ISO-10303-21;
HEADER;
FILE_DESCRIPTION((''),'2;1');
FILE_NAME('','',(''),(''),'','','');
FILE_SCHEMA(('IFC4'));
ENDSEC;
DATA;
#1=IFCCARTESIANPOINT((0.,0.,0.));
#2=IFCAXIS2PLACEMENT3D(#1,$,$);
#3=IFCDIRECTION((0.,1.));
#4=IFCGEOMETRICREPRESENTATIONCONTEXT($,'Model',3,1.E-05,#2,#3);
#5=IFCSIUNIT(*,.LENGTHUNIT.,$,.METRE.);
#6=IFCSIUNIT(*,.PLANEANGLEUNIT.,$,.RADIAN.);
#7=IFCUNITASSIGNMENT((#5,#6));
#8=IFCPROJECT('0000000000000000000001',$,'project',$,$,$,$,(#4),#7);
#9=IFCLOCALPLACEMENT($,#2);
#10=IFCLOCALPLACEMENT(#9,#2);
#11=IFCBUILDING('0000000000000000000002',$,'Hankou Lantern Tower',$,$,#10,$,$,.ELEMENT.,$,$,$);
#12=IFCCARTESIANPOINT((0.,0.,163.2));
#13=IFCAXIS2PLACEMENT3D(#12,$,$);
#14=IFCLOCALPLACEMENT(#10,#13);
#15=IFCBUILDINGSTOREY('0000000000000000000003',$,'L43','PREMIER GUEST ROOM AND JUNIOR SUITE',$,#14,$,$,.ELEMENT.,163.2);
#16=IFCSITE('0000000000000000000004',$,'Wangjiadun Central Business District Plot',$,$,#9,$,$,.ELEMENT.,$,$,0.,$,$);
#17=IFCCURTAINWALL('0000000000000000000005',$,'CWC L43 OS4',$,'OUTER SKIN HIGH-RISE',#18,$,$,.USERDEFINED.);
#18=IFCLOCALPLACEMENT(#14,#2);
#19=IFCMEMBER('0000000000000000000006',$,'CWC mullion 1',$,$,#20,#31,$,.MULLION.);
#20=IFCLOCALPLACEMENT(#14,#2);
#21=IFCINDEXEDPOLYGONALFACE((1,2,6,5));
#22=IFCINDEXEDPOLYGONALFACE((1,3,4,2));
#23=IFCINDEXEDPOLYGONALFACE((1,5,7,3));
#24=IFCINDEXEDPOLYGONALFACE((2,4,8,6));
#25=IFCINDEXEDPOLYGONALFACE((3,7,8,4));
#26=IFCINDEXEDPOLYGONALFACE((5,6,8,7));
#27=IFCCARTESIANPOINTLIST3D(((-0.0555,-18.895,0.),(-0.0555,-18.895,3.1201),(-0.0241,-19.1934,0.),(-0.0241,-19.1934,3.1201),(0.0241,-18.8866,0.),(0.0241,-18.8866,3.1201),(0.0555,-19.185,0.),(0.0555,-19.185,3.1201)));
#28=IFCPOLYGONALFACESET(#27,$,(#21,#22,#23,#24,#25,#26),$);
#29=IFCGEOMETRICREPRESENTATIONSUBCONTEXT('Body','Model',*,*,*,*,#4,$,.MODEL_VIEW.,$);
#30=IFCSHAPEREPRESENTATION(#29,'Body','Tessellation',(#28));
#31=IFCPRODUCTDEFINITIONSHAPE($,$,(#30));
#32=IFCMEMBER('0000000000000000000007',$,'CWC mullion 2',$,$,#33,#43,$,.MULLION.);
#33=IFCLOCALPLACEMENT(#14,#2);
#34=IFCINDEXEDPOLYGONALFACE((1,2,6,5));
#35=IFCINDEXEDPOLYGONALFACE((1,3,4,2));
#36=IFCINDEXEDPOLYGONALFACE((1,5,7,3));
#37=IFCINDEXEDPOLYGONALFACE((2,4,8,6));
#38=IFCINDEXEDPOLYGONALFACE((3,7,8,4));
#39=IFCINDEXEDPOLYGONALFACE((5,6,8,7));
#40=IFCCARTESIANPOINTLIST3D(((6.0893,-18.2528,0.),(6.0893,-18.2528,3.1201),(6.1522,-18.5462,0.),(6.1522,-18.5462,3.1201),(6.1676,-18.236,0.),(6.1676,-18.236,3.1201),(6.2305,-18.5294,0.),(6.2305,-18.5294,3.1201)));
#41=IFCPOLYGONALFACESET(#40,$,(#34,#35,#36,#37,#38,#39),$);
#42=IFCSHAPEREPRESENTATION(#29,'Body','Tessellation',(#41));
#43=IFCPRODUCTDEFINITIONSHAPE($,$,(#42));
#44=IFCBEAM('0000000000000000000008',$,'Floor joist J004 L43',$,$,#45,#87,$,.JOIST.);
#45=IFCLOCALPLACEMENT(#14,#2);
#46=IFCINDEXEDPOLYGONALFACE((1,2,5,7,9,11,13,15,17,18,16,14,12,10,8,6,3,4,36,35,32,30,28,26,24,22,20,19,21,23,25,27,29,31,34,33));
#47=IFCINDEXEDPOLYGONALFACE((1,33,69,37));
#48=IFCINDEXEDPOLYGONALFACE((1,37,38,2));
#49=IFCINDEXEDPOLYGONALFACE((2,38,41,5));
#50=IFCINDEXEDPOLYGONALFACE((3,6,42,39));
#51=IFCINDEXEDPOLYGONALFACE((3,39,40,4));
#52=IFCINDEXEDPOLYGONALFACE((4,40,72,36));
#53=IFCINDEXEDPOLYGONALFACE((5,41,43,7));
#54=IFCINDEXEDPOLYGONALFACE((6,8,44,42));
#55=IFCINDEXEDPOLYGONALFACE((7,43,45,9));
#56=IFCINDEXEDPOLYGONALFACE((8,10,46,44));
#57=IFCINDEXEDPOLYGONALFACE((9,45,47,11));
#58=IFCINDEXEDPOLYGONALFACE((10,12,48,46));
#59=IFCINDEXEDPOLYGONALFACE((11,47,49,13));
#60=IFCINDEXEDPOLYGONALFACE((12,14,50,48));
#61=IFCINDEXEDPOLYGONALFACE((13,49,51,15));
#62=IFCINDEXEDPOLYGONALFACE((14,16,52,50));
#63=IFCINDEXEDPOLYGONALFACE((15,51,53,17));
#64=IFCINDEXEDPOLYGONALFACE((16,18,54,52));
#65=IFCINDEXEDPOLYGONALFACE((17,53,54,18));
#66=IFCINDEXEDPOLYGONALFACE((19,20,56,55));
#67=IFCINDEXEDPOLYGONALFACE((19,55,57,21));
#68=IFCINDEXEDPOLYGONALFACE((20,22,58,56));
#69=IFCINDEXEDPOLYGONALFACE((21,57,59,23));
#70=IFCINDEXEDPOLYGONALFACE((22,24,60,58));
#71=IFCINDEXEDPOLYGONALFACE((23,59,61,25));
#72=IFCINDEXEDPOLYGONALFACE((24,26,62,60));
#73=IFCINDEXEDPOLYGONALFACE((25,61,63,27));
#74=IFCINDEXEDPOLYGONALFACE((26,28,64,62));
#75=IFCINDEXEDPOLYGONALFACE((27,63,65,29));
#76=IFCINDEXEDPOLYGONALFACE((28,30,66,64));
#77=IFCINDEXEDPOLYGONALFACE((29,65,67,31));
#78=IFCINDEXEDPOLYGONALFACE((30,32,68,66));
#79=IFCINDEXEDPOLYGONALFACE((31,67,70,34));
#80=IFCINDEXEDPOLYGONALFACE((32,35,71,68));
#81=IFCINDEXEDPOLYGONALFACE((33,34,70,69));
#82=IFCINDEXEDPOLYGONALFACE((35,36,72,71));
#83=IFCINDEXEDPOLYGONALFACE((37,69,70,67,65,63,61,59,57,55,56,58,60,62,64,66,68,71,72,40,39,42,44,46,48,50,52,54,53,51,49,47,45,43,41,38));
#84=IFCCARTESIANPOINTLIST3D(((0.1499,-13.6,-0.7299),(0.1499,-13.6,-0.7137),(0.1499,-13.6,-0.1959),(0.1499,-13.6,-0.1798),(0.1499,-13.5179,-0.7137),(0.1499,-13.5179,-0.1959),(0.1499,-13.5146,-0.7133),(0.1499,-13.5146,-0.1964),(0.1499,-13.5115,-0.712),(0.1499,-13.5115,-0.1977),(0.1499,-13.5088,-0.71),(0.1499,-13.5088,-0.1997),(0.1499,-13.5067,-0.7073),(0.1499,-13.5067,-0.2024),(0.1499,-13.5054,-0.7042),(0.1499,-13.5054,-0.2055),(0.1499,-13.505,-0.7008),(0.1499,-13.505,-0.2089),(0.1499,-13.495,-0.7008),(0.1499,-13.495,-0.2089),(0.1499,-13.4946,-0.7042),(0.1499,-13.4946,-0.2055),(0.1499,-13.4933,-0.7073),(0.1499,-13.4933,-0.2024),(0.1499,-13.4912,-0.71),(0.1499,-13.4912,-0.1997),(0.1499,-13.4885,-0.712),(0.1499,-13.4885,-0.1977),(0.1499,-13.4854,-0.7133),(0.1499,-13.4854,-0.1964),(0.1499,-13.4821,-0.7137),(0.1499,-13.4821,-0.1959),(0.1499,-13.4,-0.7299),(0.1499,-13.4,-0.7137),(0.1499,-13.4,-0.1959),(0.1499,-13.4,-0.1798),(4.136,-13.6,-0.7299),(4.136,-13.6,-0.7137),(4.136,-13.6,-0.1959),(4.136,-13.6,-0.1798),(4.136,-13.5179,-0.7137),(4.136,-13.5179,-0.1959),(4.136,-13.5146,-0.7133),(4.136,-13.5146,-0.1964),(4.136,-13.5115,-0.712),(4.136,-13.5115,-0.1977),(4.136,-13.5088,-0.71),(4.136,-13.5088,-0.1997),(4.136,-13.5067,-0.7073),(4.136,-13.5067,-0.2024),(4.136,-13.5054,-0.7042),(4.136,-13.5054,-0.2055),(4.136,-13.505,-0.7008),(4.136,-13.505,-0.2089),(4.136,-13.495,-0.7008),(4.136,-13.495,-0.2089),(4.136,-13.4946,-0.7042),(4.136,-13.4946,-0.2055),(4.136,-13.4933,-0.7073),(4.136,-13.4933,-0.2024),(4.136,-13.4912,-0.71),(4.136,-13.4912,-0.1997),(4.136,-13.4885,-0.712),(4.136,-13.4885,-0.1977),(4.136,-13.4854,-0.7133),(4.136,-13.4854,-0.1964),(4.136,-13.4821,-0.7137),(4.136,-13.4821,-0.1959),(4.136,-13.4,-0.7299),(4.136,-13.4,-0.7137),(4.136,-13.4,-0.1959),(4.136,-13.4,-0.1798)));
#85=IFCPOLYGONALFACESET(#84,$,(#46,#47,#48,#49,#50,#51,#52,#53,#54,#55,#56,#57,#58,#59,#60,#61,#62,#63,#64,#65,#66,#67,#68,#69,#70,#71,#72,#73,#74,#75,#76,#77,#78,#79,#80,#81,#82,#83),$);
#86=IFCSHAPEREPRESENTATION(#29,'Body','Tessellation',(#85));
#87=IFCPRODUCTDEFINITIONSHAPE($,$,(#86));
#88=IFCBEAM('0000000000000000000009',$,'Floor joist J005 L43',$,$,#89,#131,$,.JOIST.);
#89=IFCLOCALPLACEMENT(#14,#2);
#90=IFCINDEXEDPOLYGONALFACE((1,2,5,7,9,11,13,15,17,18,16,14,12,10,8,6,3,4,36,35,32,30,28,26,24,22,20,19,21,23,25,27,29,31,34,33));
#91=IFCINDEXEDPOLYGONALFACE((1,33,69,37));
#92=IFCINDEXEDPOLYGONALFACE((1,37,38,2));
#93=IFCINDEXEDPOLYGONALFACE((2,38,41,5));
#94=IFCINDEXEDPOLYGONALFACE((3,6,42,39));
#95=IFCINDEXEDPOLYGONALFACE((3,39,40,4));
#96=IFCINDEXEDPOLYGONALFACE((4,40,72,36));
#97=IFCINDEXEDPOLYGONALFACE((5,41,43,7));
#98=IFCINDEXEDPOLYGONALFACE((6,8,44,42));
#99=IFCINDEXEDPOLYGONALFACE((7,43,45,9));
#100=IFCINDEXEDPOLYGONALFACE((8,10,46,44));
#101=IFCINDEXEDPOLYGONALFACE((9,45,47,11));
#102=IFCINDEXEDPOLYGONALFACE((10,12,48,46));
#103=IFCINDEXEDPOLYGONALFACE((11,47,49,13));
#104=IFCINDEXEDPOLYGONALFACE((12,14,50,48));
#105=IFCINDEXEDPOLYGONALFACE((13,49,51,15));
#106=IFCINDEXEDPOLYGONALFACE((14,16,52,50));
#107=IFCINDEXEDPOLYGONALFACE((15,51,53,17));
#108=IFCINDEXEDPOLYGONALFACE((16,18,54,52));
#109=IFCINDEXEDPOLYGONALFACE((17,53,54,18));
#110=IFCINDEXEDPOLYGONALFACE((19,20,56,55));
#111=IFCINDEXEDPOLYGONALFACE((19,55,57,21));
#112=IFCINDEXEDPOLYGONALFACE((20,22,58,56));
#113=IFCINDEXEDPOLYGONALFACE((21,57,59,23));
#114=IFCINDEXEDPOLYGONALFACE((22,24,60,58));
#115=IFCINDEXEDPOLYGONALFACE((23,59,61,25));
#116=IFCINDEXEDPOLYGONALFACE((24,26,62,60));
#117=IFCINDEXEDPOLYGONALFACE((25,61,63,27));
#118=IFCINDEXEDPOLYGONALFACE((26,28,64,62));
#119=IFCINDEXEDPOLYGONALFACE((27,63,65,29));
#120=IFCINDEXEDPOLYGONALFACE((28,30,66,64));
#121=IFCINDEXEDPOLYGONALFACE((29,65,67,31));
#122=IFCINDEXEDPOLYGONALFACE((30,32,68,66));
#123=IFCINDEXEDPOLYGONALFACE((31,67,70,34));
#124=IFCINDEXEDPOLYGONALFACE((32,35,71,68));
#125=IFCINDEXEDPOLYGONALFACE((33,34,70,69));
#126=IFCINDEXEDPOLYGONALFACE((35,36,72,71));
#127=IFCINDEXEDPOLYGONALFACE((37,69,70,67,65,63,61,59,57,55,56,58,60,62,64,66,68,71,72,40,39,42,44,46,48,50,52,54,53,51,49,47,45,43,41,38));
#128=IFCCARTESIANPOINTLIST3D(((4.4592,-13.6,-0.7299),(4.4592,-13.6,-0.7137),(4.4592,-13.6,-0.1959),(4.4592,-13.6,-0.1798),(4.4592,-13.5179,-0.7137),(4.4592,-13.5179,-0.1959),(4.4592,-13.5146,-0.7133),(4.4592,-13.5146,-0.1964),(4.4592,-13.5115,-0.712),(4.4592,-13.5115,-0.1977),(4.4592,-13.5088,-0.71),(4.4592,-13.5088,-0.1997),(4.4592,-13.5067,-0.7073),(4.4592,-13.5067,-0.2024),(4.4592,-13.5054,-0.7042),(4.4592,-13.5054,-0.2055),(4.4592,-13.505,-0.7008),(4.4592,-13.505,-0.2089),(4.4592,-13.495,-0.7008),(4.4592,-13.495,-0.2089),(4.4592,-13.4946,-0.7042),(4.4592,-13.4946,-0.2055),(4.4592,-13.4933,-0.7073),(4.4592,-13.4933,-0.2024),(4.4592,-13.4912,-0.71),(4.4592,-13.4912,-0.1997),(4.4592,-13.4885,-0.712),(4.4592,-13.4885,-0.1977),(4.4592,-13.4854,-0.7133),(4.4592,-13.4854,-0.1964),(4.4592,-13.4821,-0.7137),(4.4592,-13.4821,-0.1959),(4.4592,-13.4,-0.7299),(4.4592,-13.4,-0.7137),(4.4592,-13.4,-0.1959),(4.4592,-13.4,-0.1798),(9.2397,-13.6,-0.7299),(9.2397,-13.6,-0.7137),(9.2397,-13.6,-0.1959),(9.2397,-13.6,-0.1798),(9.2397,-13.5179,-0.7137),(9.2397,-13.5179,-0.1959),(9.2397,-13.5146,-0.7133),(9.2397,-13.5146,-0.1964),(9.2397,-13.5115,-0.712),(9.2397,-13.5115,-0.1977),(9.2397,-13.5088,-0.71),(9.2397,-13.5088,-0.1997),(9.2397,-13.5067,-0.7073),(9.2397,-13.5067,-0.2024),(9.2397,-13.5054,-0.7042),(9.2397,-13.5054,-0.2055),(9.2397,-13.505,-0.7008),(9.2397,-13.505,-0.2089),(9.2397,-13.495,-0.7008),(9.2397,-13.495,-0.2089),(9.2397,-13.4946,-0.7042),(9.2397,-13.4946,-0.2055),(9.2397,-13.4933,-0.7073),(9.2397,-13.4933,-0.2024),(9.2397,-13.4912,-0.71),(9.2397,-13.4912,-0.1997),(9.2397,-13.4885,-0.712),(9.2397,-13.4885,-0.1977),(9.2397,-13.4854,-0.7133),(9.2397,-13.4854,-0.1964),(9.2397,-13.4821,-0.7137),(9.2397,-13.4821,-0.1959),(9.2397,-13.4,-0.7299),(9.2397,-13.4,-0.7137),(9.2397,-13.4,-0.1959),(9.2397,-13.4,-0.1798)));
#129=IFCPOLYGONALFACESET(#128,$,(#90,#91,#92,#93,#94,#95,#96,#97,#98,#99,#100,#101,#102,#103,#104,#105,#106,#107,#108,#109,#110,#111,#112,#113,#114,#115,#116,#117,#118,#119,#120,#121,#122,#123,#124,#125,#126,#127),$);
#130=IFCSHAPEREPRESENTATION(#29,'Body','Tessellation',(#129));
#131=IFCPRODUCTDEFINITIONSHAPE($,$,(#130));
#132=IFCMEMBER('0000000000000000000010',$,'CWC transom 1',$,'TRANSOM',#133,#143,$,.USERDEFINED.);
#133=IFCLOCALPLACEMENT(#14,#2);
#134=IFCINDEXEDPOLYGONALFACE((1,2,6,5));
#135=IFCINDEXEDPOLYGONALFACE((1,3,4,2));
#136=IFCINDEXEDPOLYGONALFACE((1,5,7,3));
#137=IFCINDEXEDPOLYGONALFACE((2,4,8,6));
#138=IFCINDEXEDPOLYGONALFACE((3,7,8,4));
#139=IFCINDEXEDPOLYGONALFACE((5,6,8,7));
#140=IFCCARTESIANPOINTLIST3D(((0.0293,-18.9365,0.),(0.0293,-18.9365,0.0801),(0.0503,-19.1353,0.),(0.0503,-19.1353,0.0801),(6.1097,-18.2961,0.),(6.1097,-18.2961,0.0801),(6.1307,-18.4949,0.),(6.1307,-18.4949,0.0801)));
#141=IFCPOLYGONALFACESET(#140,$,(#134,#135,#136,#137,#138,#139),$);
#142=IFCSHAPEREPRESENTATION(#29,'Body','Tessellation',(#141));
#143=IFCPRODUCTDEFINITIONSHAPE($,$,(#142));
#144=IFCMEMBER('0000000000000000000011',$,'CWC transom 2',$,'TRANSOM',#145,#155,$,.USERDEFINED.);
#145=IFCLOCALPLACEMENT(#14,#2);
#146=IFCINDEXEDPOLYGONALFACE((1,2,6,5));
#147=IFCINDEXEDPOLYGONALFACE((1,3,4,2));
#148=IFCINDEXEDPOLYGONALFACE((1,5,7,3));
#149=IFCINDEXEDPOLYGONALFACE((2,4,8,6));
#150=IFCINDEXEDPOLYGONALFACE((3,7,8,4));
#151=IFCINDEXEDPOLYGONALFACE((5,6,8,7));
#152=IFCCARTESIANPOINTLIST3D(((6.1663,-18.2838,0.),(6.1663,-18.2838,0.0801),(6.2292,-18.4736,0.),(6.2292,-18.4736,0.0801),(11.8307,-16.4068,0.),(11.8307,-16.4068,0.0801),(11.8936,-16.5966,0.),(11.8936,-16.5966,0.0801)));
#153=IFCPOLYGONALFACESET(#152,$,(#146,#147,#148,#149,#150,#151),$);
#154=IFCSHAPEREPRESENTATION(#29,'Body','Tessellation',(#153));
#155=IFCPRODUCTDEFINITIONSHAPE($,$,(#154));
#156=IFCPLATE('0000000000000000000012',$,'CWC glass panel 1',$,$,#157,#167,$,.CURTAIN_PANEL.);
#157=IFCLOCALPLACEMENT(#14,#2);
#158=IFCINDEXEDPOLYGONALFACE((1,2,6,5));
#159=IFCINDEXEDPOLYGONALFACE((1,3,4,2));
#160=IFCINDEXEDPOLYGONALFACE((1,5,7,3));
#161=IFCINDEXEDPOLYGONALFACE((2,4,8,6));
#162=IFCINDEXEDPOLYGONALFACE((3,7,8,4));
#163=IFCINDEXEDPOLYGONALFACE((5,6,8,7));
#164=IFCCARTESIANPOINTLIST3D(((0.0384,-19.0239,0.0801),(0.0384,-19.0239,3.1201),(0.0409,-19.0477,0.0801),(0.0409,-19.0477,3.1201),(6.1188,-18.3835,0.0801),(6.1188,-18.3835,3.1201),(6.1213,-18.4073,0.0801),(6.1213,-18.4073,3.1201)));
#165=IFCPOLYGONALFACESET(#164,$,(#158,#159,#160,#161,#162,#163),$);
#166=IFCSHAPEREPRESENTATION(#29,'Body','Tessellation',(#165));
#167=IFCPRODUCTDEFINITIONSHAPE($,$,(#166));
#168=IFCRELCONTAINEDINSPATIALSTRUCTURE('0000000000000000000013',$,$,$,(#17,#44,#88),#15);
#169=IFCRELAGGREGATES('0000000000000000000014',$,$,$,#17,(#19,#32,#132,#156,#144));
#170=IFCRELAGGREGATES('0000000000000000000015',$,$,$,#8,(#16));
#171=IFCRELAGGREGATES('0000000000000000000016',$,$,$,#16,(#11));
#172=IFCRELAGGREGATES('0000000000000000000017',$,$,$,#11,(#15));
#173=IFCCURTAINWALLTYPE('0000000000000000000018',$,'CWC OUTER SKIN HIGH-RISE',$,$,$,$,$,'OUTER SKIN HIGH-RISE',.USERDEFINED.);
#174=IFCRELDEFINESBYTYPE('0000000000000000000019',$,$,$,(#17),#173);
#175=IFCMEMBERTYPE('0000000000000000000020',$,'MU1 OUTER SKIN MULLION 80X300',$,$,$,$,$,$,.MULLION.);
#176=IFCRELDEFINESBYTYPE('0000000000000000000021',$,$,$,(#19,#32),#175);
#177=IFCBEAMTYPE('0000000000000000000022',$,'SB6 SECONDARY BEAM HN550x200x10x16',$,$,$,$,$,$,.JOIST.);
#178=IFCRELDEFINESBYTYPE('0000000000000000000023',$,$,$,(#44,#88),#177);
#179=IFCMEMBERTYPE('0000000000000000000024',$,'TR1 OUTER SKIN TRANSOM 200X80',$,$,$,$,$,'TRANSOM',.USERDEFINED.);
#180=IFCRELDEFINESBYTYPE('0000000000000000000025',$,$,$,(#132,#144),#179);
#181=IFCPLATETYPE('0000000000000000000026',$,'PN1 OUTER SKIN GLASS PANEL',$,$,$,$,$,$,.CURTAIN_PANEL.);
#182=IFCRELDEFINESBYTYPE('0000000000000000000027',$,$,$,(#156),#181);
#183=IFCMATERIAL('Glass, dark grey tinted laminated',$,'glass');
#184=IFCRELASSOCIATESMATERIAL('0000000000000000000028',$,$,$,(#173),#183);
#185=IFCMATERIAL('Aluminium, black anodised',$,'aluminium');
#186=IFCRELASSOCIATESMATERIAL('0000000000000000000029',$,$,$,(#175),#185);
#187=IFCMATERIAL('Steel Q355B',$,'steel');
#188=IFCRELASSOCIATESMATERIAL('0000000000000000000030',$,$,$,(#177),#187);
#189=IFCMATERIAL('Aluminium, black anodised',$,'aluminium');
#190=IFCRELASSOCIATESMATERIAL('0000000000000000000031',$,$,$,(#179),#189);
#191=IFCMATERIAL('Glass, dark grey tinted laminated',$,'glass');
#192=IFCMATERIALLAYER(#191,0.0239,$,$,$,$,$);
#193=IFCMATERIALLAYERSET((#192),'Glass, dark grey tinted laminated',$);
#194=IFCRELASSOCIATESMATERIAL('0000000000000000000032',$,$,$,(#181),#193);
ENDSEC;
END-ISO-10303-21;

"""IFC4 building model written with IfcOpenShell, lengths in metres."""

from ifc_helpers import new_model, si_unit, direction, frame, origin, origin_2d, place, context, subcontext, project, spatial, rectangle, i_section, extrude, material, layer, layer_set, material_profile, profile_set, type_object, element, aggregate, save


model = new_model("IFC4")

# Units and contexts
model_context = context("Model", 3, precision=1e-05, world=origin(), true_north=direction((0.0, 1.0)))
body_context = subcontext(model_context, "Body", "Model", "MODEL_VIEW")
ifc_project = project(units=[si_unit("LENGTHUNIT", "METRE"), si_unit("PLANEANGLEUNIT", "RADIAN")], contexts=[model_context])

# Site, building, storey
site_placement = place(None, origin())
site = spatial("IfcSite", under=ifc_project, at=site_placement, Name="Wangjiadun Central Business District Plot", CompositionType="ELEMENT", RefElevation=0.0)
building_placement = place(site_placement, origin())
building = spatial("IfcBuilding", under=site, at=building_placement, Name="Hankou Lantern Tower", CompositionType="ELEMENT")
storey_placement = place(building_placement, frame((0.0, 0.0, 163.2)))
storey = spatial("IfcBuildingStorey", under=building, at=storey_placement, Name="L43", Description="PREMIER GUEST ROOM AND JUNIOR SUITE", CompositionType="ELEMENT", Elevation=163.2)

# Curtain wall, members
ifc_material_1 = material(Name="Glass, dark grey tinted laminated", Category="glass")
curtain_wall_type = type_object("IfcCurtainWallType", Name="CWC OUTER SKIN HIGH-RISE", ElementType="OUTER SKIN HIGH-RISE", PredefinedType="USERDEFINED", material=ifc_material_1)
curtain_wall_placement = place(storey_placement, origin())
curtain_wall = element("IfcCurtainWall", 1, at=curtain_wall_placement, inside=storey, type_object=curtain_wall_type, Name="CWC L43 OS4", ObjectType="OUTER SKIN HIGH-RISE", PredefinedType="USERDEFINED")
ifc_material_2 = material(Name="Aluminium, black anodised", Category="aluminium")
ifc_material_profile_1 = material_profile(ifc_material_2, rectangle(XDim=0.0801, YDim=0.3, at=origin_2d()), Name="MU1 80X300")
ifc_profile_set_1 = profile_set([ifc_material_profile_1], Name="Aluminium, black anodised")
member_type_1 = type_object("IfcMemberType", Name="MU1 OUTER SKIN MULLION 80X300", PredefinedType="MULLION", material=ifc_profile_set_1)
member_1_placement = place(storey_placement, frame((0.0, -19.04, 0.0), z_axis=(0.0, 0.0, 1.0), x_axis=(0.994499, 0.104743, 0.0)))
member_1 = element("IfcMember", 2, at=member_1_placement, type_object=member_type_1, Name="CWC mullion 1", PredefinedType="MULLION", context=body_context, shape_type="SweptSolid", body=[
    extrude(rectangle(XDim=0.0801, YDim=0.3, at=origin_2d()), origin(), (0.0, 0.0, 1.0), 3.1201),
])
member_2_placement = place(storey_placement, frame((6.1599, -18.3911, 0.0), z_axis=(0.0, 0.0, 1.0), x_axis=(0.977788, 0.209598, 0.0)))
member_2 = element("IfcMember", 3, at=member_2_placement, type_object=member_type_1, Name="CWC mullion 2", PredefinedType="MULLION", context=body_context, shape_type="SweptSolid", body=[
    extrude(rectangle(XDim=0.0801, YDim=0.3, at=origin_2d()), origin(), (0.0, 0.0, 1.0), 3.1201),
])

# Beams
ifc_material_3 = material(Name="Steel Q355B", Category="steel")
ifc_material_profile_2 = material_profile(ifc_material_3, i_section(OverallWidth=0.2, OverallDepth=0.55, WebThickness=0.01, FlangeThickness=0.0161, FilletRadius=0.0129, at=origin_2d()), Name="HN550x200x10x16")
ifc_profile_set_2 = profile_set([ifc_material_profile_2], Name="Steel Q355B")
beam_type_1 = type_object("IfcBeamType", Name="SB6 SECONDARY BEAM HN550x200x10x16", PredefinedType="JOIST", material=ifc_profile_set_2)
beam_1_placement = place(storey_placement, frame((0.1499, -13.5, -0.4548), z_axis=(1.0, 0.0, 0.0), x_axis=(0.0, 1.0, 0.0)))
element("IfcBeam", 4, at=beam_1_placement, inside=storey, type_object=beam_type_1, Name="Floor joist J004 L43", PredefinedType="JOIST", context=body_context, shape_type="SweptSolid", body=[
    extrude(i_section(OverallWidth=0.2, OverallDepth=0.55, WebThickness=0.01, FlangeThickness=0.0161, FilletRadius=0.0129, at=origin_2d()), origin(), (0.0, 0.0, 1.0), 3.9861),
])
beam_2_placement = place(storey_placement, frame((4.4592, -13.5, -0.4548), z_axis=(1.0, 0.0, 0.0), x_axis=(0.0, 1.0, 0.0)))
element("IfcBeam", 5, at=beam_2_placement, inside=storey, type_object=beam_type_1, Name="Floor joist J005 L43", PredefinedType="JOIST", context=body_context, shape_type="SweptSolid", body=[
    extrude(i_section(OverallWidth=0.2, OverallDepth=0.55, WebThickness=0.01, FlangeThickness=0.0161, FilletRadius=0.0129, at=origin_2d()), origin(), (0.0, 0.0, 1.0), 4.7805),
])

# Members
ifc_material_4 = material(Name="Aluminium, black anodised", Category="aluminium")
ifc_material_profile_3 = material_profile(ifc_material_4, rectangle(XDim=0.2, YDim=0.0801, at=origin_2d()), Name="TR1 200X80")
ifc_profile_set_3 = profile_set([ifc_material_profile_3], Name="Aluminium, black anodised")
member_type_2 = type_object("IfcMemberType", Name="TR1 OUTER SKIN TRANSOM 200X80", ElementType="TRANSOM", PredefinedType="USERDEFINED", material=ifc_profile_set_3)
member_3_placement = place(storey_placement, frame((0.0398, -19.0359, 0.04), z_axis=(0.9945, 0.104741, 0.0), x_axis=(-0.104741, 0.9945, 0.0)))
member_3 = element("IfcMember", 6, at=member_3_placement, type_object=member_type_2, Name="CWC transom 1", ObjectType="TRANSOM", PredefinedType="USERDEFINED", context=body_context, shape_type="SweptSolid", body=[
    extrude(rectangle(XDim=0.2, YDim=0.0801, at=origin_2d()), origin(), (0.0, 0.0, 1.0), 6.114),
])
member_4_placement = place(storey_placement, frame((6.1978, -18.3787, 0.04), z_axis=(0.949242, 0.314546, 0.0), x_axis=(-0.314546, 0.949242, 0.0)))
member_4 = element("IfcMember", 7, at=member_4_placement, type_object=member_type_2, Name="CWC transom 2", ObjectType="TRANSOM", PredefinedType="USERDEFINED", context=body_context, shape_type="SweptSolid", body=[
    extrude(rectangle(XDim=0.2, YDim=0.0801, at=origin_2d()), origin(), (0.0, 0.0, 1.0), 5.9673),
])

# Plate
ifc_material_5 = material(Name="Glass, dark grey tinted laminated", Category="glass")
ifc_layer_1 = layer(ifc_material_5, 0.0239)
ifc_layer_set_1 = layer_set([ifc_layer_1], Name="Glass, dark grey tinted laminated")
plate_type = type_object("IfcPlateType", Name="PN1 OUTER SKIN GLASS PANEL", PredefinedType="CURTAIN_PANEL", material=ifc_layer_set_1)
plate_placement = place(storey_placement, frame((3.0798, -18.7156, 0.0801), z_axis=(0.0, 0.0, 1.0), x_axis=(0.994499, 0.104743, 0.0)))
plate = element("IfcPlate", 8, at=plate_placement, type_object=plate_type, Name="CWC glass panel 1", PredefinedType="CURTAIN_PANEL", context=body_context, shape_type="SweptSolid", body=[
    extrude(rectangle(XDim=6.114, YDim=0.0239, at=origin_2d()), origin(), (0.0, 0.0, 1.0), 3.04),
])
aggregate(curtain_wall, [member_1, member_2, member_3, plate, member_4])

save(model, "model.ifc")
